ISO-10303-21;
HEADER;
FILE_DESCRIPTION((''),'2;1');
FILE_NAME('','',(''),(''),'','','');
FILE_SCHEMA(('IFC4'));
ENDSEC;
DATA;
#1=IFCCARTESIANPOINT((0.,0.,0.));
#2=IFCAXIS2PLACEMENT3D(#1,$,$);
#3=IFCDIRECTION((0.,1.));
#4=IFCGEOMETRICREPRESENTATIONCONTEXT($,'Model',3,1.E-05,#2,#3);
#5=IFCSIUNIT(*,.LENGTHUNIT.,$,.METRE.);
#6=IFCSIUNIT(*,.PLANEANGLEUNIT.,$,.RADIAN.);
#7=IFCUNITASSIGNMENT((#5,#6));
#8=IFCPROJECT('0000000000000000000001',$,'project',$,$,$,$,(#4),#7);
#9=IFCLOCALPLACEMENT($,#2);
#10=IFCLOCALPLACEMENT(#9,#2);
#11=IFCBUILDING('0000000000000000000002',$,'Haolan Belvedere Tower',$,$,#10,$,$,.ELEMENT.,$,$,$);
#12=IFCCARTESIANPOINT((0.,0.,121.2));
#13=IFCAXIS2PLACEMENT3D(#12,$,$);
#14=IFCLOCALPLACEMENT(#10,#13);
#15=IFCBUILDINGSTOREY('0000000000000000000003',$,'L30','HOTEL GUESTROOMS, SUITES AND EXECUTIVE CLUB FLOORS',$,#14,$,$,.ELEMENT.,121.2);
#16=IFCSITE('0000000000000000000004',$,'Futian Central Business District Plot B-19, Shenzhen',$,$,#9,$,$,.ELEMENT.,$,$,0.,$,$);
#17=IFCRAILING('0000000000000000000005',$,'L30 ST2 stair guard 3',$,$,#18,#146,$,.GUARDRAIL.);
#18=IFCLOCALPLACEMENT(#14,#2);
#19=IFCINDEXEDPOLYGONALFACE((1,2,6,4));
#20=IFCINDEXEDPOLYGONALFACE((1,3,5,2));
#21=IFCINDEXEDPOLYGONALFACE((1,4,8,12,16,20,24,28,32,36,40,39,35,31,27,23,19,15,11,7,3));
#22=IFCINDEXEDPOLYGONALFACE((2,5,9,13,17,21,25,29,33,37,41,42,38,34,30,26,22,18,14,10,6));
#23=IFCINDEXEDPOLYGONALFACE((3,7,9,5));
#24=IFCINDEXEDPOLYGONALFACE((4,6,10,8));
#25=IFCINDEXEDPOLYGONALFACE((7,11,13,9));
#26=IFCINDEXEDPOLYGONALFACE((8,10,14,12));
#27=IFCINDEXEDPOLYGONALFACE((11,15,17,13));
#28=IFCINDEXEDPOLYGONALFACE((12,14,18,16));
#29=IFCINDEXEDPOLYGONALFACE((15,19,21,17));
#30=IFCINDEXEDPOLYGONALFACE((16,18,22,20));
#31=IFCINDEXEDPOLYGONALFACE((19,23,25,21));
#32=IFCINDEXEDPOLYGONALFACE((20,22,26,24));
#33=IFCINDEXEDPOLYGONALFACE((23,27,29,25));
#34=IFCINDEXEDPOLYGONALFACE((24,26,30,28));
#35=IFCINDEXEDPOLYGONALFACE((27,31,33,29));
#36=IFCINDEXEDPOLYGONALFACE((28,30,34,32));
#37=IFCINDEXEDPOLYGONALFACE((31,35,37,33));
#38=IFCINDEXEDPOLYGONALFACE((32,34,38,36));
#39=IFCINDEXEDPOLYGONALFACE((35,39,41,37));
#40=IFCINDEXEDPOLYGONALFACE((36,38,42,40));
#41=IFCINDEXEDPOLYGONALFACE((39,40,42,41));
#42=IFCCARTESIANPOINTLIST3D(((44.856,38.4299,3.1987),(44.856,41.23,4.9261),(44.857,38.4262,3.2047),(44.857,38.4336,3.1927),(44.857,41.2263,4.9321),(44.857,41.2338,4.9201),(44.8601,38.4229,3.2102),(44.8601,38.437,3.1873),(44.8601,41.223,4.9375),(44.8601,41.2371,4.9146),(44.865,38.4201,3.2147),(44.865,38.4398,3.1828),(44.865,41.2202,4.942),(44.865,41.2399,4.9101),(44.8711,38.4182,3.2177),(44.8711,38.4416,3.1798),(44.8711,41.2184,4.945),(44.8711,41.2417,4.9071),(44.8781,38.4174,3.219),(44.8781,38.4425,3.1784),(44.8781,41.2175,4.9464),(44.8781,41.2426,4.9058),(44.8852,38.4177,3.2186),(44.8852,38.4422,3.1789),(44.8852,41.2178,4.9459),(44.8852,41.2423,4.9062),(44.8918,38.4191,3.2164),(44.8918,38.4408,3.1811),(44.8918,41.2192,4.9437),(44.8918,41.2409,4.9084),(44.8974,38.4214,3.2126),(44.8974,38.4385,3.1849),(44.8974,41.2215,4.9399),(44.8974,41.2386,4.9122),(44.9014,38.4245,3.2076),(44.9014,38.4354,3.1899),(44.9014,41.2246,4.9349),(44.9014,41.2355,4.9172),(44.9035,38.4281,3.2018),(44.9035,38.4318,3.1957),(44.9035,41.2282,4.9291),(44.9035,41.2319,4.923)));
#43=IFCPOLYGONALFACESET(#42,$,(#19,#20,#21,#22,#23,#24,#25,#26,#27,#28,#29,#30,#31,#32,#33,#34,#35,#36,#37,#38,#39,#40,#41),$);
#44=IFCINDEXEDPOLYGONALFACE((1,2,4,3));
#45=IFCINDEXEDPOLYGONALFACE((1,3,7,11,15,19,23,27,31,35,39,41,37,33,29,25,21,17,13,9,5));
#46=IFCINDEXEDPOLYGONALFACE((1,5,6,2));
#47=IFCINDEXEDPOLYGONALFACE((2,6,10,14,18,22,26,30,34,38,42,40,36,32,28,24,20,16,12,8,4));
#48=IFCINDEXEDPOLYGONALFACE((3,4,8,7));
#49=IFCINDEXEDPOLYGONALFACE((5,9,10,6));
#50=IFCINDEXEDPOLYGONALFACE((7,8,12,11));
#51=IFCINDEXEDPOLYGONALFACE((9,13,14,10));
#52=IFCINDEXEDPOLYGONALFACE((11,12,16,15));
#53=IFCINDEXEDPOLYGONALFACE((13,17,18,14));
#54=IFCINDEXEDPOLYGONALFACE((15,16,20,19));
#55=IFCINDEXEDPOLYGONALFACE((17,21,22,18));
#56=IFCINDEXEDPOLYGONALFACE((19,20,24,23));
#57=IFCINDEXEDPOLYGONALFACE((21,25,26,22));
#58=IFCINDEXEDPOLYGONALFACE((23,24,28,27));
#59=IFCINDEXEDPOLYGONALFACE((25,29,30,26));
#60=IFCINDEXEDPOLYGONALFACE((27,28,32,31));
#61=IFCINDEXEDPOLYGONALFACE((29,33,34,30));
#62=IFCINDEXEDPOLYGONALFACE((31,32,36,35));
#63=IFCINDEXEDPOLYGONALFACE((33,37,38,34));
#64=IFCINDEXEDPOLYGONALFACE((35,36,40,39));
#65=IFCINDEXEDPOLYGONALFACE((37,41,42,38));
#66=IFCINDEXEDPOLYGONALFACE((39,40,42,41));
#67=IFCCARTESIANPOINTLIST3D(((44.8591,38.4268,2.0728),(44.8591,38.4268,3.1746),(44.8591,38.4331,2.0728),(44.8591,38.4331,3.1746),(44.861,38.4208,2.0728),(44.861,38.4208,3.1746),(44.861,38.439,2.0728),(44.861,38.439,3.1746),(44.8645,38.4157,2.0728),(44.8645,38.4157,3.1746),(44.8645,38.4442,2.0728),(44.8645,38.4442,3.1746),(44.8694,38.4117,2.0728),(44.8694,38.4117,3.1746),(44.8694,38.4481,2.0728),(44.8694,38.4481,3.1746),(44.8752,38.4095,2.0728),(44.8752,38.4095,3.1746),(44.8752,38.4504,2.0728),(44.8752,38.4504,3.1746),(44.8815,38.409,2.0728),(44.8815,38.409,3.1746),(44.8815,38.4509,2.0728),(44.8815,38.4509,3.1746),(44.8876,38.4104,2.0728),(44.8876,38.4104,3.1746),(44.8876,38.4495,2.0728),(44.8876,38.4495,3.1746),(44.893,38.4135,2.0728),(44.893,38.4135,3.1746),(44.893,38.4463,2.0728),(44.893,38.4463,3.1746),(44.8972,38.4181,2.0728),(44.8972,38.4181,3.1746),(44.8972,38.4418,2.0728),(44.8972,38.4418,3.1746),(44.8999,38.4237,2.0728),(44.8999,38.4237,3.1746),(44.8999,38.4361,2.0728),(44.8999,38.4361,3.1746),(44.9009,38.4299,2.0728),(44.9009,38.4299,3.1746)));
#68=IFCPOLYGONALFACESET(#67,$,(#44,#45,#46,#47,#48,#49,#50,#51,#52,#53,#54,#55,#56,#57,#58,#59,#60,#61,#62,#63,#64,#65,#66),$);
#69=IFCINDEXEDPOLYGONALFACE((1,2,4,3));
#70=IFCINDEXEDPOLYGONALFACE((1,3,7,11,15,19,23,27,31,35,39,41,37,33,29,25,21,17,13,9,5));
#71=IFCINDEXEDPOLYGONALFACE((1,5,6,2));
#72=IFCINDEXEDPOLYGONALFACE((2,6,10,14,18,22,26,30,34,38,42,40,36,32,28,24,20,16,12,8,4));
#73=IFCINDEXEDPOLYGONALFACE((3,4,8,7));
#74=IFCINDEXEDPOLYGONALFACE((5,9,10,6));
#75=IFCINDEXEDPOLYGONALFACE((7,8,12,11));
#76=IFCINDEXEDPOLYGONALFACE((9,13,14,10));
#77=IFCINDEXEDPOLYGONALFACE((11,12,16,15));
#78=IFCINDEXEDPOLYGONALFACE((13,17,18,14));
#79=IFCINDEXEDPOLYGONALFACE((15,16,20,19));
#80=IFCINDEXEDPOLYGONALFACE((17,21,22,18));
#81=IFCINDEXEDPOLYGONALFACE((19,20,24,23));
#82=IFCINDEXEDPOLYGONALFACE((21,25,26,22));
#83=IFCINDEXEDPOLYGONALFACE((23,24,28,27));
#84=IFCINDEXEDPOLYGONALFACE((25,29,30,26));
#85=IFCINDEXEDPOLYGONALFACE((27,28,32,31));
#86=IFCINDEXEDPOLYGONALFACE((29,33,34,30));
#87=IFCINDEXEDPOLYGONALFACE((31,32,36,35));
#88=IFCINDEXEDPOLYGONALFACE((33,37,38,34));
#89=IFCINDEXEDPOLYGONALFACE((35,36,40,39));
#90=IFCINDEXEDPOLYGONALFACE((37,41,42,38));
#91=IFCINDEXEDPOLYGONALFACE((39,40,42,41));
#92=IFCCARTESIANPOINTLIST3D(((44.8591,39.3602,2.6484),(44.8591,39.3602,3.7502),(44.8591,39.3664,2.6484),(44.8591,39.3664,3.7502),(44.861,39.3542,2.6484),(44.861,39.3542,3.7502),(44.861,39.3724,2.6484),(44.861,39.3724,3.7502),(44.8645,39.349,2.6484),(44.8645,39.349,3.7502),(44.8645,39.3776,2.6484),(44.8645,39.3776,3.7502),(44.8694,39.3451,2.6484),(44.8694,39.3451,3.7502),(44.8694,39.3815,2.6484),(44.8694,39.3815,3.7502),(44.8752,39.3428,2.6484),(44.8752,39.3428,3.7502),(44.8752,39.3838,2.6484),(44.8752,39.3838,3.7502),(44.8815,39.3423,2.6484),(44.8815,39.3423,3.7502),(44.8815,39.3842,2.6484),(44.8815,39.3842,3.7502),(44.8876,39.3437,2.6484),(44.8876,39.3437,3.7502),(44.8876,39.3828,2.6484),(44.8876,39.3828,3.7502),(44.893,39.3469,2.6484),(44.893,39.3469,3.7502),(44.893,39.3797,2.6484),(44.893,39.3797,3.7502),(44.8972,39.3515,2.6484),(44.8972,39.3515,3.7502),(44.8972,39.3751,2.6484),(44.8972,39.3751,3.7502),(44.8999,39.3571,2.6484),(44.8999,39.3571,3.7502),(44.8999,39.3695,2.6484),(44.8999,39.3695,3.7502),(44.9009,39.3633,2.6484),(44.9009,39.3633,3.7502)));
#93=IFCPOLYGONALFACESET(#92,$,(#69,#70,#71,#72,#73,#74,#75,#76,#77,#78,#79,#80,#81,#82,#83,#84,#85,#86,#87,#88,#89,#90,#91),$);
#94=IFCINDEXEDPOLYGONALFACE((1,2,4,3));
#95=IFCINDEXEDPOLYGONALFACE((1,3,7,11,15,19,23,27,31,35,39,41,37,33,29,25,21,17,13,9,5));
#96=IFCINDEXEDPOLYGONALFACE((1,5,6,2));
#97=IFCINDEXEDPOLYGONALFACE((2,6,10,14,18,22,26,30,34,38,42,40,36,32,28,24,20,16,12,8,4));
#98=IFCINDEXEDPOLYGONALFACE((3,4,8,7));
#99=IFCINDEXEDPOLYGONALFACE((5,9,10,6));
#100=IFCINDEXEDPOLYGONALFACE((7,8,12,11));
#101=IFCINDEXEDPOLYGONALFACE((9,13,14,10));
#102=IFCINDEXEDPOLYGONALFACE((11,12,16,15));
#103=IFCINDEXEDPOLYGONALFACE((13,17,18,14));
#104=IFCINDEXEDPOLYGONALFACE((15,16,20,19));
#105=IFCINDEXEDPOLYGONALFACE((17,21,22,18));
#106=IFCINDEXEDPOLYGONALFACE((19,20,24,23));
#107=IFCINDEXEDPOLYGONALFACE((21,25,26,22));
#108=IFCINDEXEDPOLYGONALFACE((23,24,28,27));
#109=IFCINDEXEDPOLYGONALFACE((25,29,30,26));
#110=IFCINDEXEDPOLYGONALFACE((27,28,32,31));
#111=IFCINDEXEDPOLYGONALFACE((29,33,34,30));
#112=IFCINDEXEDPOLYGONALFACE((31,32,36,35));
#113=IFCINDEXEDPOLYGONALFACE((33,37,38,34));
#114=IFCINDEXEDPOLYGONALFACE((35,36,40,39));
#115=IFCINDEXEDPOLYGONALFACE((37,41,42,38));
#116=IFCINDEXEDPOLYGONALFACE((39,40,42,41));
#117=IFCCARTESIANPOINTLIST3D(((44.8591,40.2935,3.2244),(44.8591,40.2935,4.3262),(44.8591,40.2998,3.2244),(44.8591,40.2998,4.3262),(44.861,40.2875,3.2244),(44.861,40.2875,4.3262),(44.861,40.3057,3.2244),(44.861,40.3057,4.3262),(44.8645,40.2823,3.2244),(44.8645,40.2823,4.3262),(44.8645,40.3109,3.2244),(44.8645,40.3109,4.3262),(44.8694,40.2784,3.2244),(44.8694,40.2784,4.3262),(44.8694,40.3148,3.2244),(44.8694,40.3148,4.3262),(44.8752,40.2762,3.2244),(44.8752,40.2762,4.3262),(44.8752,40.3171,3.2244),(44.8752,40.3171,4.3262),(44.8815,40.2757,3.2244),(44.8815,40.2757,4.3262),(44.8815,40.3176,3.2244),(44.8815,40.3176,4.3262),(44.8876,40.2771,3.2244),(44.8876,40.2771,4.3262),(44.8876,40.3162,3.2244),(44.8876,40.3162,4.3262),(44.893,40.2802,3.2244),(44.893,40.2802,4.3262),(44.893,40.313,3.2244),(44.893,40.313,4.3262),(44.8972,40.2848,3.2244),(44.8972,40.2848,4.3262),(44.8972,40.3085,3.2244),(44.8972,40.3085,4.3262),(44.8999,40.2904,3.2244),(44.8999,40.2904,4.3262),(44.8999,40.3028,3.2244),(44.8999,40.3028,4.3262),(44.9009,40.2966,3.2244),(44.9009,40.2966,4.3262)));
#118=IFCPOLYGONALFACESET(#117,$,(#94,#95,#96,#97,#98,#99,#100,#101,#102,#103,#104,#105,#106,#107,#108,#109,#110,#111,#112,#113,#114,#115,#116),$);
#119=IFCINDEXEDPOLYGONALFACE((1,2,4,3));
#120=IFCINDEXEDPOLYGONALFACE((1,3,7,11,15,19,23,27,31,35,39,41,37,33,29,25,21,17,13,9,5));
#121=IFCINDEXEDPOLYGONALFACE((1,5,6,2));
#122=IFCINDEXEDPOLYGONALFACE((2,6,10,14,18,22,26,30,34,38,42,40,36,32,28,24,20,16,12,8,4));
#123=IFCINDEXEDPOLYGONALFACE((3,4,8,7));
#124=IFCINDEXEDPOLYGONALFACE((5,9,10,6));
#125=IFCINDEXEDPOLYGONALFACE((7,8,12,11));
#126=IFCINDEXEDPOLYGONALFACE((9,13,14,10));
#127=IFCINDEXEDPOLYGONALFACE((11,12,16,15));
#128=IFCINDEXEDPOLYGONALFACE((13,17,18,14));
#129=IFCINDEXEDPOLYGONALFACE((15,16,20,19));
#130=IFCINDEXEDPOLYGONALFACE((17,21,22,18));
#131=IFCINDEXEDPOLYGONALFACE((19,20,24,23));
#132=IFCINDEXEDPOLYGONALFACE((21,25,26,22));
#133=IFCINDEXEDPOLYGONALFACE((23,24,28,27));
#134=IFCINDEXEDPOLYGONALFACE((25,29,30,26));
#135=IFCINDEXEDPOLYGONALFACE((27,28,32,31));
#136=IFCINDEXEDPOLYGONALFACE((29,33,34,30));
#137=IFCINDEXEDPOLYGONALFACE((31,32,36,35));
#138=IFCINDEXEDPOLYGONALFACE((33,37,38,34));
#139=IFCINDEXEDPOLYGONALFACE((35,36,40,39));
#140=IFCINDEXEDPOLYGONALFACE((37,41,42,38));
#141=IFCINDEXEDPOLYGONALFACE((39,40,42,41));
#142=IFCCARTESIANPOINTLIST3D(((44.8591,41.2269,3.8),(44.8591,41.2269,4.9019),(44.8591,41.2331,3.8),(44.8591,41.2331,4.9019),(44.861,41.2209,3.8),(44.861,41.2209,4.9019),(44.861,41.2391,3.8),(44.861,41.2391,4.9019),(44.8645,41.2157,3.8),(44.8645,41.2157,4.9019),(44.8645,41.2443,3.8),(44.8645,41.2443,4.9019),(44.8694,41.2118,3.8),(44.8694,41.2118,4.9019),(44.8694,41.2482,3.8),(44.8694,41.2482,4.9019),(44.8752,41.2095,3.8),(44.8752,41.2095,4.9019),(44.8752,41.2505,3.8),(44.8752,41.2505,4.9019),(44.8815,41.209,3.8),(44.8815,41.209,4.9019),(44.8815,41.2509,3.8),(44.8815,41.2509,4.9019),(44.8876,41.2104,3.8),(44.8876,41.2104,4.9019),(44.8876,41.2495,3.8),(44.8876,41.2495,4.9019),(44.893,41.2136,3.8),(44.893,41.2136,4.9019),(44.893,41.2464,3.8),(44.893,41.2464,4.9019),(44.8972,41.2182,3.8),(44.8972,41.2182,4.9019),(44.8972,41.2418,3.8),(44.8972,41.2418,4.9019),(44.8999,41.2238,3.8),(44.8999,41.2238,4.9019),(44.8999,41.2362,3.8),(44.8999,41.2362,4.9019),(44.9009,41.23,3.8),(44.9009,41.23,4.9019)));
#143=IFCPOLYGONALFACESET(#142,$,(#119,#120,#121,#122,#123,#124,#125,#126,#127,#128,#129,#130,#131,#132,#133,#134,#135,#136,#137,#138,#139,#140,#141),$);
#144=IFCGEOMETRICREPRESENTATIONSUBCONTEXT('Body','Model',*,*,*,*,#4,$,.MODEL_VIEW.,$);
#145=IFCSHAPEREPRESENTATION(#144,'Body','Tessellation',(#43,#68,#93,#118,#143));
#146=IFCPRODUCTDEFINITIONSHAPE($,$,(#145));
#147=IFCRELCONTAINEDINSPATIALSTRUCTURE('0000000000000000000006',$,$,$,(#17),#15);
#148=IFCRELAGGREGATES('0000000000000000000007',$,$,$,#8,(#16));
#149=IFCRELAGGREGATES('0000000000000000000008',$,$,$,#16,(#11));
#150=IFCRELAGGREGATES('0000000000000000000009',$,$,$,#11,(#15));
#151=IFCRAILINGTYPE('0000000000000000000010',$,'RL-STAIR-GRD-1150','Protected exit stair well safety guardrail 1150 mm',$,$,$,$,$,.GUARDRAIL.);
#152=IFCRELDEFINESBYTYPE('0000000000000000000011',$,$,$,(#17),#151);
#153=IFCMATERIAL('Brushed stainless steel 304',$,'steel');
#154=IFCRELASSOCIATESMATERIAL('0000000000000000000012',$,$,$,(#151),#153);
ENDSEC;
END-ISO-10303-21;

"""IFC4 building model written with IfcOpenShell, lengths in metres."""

from ifc_helpers import new_model, si_unit, direction, frame, origin, origin_2d, place, context, subcontext, project, spatial, circle, extrude, material, type_object, element, save


model = new_model("IFC4")

# Units and contexts
model_context = context("Model", 3, precision=1e-05, world=origin(), true_north=direction((0.0, 1.0)))
body_context = subcontext(model_context, "Body", "Model", "MODEL_VIEW")
ifc_project = project(units=[si_unit("LENGTHUNIT", "METRE"), si_unit("PLANEANGLEUNIT", "RADIAN")], contexts=[model_context])

# Site, building, storey
site_placement = place(None, origin())
site = spatial("IfcSite", under=ifc_project, at=site_placement, Name="Futian Central Business District Plot B-19, Shenzhen", CompositionType="ELEMENT", RefElevation=0.0)
building_placement = place(site_placement, origin())
building = spatial("IfcBuilding", under=site, at=building_placement, Name="Haolan Belvedere Tower", CompositionType="ELEMENT")
storey_placement = place(building_placement, frame((0.0, 0.0, 121.2)))
storey = spatial("IfcBuildingStorey", under=building, at=storey_placement, Name="L30", Description="HOTEL GUESTROOMS, SUITES AND EXECUTIVE CLUB FLOORS", CompositionType="ELEMENT", Elevation=121.2)

# Railing
ifc_material_1 = material(Name="Brushed stainless steel 304", Category="steel")
railing_type_1 = type_object("IfcRailingType", Name="RL-STAIR-GRD-1150", Description="Protected exit stair well safety guardrail 1150 mm", PredefinedType="GUARDRAIL", material=ifc_material_1)
railing_1_placement = place(storey_placement, frame((44.8799, 38.4299, 2.0728)))
element("IfcRailing", 1, at=railing_1_placement, inside=storey, type_object=railing_type_1, Name="L30 ST2 stair guard 3", PredefinedType="GUARDRAIL", context=body_context, shape_type="SweptSolid", body=[
    extrude(circle(Radius=0.0239, at=origin_2d()), frame((0.0, 0.0, 1.126), z_axis=(0.0, 0.85109, 0.52502), x_axis=(-1.0, 0.0, 0.0)), (0.0, 0.0, 1.0), 3.29),
    extrude(circle(Radius=0.021, at=origin_2d()), origin(), (0.0, 0.0, 1.0), 1.1018),
    extrude(circle(Radius=0.021, at=origin_2d()), frame((0.0, 0.9333, 0.5757)), (0.0, 0.0, 1.0), 1.1018),
    extrude(circle(Radius=0.021, at=origin_2d()), frame((0.0, 1.8667, 1.1516)), (0.0, 0.0, 1.0), 1.1018),
    extrude(circle(Radius=0.021, at=origin_2d()), frame((0.0, 2.8, 1.7273)), (0.0, 0.0, 1.0), 1.1018),
])

save(model, "model.ifc")
